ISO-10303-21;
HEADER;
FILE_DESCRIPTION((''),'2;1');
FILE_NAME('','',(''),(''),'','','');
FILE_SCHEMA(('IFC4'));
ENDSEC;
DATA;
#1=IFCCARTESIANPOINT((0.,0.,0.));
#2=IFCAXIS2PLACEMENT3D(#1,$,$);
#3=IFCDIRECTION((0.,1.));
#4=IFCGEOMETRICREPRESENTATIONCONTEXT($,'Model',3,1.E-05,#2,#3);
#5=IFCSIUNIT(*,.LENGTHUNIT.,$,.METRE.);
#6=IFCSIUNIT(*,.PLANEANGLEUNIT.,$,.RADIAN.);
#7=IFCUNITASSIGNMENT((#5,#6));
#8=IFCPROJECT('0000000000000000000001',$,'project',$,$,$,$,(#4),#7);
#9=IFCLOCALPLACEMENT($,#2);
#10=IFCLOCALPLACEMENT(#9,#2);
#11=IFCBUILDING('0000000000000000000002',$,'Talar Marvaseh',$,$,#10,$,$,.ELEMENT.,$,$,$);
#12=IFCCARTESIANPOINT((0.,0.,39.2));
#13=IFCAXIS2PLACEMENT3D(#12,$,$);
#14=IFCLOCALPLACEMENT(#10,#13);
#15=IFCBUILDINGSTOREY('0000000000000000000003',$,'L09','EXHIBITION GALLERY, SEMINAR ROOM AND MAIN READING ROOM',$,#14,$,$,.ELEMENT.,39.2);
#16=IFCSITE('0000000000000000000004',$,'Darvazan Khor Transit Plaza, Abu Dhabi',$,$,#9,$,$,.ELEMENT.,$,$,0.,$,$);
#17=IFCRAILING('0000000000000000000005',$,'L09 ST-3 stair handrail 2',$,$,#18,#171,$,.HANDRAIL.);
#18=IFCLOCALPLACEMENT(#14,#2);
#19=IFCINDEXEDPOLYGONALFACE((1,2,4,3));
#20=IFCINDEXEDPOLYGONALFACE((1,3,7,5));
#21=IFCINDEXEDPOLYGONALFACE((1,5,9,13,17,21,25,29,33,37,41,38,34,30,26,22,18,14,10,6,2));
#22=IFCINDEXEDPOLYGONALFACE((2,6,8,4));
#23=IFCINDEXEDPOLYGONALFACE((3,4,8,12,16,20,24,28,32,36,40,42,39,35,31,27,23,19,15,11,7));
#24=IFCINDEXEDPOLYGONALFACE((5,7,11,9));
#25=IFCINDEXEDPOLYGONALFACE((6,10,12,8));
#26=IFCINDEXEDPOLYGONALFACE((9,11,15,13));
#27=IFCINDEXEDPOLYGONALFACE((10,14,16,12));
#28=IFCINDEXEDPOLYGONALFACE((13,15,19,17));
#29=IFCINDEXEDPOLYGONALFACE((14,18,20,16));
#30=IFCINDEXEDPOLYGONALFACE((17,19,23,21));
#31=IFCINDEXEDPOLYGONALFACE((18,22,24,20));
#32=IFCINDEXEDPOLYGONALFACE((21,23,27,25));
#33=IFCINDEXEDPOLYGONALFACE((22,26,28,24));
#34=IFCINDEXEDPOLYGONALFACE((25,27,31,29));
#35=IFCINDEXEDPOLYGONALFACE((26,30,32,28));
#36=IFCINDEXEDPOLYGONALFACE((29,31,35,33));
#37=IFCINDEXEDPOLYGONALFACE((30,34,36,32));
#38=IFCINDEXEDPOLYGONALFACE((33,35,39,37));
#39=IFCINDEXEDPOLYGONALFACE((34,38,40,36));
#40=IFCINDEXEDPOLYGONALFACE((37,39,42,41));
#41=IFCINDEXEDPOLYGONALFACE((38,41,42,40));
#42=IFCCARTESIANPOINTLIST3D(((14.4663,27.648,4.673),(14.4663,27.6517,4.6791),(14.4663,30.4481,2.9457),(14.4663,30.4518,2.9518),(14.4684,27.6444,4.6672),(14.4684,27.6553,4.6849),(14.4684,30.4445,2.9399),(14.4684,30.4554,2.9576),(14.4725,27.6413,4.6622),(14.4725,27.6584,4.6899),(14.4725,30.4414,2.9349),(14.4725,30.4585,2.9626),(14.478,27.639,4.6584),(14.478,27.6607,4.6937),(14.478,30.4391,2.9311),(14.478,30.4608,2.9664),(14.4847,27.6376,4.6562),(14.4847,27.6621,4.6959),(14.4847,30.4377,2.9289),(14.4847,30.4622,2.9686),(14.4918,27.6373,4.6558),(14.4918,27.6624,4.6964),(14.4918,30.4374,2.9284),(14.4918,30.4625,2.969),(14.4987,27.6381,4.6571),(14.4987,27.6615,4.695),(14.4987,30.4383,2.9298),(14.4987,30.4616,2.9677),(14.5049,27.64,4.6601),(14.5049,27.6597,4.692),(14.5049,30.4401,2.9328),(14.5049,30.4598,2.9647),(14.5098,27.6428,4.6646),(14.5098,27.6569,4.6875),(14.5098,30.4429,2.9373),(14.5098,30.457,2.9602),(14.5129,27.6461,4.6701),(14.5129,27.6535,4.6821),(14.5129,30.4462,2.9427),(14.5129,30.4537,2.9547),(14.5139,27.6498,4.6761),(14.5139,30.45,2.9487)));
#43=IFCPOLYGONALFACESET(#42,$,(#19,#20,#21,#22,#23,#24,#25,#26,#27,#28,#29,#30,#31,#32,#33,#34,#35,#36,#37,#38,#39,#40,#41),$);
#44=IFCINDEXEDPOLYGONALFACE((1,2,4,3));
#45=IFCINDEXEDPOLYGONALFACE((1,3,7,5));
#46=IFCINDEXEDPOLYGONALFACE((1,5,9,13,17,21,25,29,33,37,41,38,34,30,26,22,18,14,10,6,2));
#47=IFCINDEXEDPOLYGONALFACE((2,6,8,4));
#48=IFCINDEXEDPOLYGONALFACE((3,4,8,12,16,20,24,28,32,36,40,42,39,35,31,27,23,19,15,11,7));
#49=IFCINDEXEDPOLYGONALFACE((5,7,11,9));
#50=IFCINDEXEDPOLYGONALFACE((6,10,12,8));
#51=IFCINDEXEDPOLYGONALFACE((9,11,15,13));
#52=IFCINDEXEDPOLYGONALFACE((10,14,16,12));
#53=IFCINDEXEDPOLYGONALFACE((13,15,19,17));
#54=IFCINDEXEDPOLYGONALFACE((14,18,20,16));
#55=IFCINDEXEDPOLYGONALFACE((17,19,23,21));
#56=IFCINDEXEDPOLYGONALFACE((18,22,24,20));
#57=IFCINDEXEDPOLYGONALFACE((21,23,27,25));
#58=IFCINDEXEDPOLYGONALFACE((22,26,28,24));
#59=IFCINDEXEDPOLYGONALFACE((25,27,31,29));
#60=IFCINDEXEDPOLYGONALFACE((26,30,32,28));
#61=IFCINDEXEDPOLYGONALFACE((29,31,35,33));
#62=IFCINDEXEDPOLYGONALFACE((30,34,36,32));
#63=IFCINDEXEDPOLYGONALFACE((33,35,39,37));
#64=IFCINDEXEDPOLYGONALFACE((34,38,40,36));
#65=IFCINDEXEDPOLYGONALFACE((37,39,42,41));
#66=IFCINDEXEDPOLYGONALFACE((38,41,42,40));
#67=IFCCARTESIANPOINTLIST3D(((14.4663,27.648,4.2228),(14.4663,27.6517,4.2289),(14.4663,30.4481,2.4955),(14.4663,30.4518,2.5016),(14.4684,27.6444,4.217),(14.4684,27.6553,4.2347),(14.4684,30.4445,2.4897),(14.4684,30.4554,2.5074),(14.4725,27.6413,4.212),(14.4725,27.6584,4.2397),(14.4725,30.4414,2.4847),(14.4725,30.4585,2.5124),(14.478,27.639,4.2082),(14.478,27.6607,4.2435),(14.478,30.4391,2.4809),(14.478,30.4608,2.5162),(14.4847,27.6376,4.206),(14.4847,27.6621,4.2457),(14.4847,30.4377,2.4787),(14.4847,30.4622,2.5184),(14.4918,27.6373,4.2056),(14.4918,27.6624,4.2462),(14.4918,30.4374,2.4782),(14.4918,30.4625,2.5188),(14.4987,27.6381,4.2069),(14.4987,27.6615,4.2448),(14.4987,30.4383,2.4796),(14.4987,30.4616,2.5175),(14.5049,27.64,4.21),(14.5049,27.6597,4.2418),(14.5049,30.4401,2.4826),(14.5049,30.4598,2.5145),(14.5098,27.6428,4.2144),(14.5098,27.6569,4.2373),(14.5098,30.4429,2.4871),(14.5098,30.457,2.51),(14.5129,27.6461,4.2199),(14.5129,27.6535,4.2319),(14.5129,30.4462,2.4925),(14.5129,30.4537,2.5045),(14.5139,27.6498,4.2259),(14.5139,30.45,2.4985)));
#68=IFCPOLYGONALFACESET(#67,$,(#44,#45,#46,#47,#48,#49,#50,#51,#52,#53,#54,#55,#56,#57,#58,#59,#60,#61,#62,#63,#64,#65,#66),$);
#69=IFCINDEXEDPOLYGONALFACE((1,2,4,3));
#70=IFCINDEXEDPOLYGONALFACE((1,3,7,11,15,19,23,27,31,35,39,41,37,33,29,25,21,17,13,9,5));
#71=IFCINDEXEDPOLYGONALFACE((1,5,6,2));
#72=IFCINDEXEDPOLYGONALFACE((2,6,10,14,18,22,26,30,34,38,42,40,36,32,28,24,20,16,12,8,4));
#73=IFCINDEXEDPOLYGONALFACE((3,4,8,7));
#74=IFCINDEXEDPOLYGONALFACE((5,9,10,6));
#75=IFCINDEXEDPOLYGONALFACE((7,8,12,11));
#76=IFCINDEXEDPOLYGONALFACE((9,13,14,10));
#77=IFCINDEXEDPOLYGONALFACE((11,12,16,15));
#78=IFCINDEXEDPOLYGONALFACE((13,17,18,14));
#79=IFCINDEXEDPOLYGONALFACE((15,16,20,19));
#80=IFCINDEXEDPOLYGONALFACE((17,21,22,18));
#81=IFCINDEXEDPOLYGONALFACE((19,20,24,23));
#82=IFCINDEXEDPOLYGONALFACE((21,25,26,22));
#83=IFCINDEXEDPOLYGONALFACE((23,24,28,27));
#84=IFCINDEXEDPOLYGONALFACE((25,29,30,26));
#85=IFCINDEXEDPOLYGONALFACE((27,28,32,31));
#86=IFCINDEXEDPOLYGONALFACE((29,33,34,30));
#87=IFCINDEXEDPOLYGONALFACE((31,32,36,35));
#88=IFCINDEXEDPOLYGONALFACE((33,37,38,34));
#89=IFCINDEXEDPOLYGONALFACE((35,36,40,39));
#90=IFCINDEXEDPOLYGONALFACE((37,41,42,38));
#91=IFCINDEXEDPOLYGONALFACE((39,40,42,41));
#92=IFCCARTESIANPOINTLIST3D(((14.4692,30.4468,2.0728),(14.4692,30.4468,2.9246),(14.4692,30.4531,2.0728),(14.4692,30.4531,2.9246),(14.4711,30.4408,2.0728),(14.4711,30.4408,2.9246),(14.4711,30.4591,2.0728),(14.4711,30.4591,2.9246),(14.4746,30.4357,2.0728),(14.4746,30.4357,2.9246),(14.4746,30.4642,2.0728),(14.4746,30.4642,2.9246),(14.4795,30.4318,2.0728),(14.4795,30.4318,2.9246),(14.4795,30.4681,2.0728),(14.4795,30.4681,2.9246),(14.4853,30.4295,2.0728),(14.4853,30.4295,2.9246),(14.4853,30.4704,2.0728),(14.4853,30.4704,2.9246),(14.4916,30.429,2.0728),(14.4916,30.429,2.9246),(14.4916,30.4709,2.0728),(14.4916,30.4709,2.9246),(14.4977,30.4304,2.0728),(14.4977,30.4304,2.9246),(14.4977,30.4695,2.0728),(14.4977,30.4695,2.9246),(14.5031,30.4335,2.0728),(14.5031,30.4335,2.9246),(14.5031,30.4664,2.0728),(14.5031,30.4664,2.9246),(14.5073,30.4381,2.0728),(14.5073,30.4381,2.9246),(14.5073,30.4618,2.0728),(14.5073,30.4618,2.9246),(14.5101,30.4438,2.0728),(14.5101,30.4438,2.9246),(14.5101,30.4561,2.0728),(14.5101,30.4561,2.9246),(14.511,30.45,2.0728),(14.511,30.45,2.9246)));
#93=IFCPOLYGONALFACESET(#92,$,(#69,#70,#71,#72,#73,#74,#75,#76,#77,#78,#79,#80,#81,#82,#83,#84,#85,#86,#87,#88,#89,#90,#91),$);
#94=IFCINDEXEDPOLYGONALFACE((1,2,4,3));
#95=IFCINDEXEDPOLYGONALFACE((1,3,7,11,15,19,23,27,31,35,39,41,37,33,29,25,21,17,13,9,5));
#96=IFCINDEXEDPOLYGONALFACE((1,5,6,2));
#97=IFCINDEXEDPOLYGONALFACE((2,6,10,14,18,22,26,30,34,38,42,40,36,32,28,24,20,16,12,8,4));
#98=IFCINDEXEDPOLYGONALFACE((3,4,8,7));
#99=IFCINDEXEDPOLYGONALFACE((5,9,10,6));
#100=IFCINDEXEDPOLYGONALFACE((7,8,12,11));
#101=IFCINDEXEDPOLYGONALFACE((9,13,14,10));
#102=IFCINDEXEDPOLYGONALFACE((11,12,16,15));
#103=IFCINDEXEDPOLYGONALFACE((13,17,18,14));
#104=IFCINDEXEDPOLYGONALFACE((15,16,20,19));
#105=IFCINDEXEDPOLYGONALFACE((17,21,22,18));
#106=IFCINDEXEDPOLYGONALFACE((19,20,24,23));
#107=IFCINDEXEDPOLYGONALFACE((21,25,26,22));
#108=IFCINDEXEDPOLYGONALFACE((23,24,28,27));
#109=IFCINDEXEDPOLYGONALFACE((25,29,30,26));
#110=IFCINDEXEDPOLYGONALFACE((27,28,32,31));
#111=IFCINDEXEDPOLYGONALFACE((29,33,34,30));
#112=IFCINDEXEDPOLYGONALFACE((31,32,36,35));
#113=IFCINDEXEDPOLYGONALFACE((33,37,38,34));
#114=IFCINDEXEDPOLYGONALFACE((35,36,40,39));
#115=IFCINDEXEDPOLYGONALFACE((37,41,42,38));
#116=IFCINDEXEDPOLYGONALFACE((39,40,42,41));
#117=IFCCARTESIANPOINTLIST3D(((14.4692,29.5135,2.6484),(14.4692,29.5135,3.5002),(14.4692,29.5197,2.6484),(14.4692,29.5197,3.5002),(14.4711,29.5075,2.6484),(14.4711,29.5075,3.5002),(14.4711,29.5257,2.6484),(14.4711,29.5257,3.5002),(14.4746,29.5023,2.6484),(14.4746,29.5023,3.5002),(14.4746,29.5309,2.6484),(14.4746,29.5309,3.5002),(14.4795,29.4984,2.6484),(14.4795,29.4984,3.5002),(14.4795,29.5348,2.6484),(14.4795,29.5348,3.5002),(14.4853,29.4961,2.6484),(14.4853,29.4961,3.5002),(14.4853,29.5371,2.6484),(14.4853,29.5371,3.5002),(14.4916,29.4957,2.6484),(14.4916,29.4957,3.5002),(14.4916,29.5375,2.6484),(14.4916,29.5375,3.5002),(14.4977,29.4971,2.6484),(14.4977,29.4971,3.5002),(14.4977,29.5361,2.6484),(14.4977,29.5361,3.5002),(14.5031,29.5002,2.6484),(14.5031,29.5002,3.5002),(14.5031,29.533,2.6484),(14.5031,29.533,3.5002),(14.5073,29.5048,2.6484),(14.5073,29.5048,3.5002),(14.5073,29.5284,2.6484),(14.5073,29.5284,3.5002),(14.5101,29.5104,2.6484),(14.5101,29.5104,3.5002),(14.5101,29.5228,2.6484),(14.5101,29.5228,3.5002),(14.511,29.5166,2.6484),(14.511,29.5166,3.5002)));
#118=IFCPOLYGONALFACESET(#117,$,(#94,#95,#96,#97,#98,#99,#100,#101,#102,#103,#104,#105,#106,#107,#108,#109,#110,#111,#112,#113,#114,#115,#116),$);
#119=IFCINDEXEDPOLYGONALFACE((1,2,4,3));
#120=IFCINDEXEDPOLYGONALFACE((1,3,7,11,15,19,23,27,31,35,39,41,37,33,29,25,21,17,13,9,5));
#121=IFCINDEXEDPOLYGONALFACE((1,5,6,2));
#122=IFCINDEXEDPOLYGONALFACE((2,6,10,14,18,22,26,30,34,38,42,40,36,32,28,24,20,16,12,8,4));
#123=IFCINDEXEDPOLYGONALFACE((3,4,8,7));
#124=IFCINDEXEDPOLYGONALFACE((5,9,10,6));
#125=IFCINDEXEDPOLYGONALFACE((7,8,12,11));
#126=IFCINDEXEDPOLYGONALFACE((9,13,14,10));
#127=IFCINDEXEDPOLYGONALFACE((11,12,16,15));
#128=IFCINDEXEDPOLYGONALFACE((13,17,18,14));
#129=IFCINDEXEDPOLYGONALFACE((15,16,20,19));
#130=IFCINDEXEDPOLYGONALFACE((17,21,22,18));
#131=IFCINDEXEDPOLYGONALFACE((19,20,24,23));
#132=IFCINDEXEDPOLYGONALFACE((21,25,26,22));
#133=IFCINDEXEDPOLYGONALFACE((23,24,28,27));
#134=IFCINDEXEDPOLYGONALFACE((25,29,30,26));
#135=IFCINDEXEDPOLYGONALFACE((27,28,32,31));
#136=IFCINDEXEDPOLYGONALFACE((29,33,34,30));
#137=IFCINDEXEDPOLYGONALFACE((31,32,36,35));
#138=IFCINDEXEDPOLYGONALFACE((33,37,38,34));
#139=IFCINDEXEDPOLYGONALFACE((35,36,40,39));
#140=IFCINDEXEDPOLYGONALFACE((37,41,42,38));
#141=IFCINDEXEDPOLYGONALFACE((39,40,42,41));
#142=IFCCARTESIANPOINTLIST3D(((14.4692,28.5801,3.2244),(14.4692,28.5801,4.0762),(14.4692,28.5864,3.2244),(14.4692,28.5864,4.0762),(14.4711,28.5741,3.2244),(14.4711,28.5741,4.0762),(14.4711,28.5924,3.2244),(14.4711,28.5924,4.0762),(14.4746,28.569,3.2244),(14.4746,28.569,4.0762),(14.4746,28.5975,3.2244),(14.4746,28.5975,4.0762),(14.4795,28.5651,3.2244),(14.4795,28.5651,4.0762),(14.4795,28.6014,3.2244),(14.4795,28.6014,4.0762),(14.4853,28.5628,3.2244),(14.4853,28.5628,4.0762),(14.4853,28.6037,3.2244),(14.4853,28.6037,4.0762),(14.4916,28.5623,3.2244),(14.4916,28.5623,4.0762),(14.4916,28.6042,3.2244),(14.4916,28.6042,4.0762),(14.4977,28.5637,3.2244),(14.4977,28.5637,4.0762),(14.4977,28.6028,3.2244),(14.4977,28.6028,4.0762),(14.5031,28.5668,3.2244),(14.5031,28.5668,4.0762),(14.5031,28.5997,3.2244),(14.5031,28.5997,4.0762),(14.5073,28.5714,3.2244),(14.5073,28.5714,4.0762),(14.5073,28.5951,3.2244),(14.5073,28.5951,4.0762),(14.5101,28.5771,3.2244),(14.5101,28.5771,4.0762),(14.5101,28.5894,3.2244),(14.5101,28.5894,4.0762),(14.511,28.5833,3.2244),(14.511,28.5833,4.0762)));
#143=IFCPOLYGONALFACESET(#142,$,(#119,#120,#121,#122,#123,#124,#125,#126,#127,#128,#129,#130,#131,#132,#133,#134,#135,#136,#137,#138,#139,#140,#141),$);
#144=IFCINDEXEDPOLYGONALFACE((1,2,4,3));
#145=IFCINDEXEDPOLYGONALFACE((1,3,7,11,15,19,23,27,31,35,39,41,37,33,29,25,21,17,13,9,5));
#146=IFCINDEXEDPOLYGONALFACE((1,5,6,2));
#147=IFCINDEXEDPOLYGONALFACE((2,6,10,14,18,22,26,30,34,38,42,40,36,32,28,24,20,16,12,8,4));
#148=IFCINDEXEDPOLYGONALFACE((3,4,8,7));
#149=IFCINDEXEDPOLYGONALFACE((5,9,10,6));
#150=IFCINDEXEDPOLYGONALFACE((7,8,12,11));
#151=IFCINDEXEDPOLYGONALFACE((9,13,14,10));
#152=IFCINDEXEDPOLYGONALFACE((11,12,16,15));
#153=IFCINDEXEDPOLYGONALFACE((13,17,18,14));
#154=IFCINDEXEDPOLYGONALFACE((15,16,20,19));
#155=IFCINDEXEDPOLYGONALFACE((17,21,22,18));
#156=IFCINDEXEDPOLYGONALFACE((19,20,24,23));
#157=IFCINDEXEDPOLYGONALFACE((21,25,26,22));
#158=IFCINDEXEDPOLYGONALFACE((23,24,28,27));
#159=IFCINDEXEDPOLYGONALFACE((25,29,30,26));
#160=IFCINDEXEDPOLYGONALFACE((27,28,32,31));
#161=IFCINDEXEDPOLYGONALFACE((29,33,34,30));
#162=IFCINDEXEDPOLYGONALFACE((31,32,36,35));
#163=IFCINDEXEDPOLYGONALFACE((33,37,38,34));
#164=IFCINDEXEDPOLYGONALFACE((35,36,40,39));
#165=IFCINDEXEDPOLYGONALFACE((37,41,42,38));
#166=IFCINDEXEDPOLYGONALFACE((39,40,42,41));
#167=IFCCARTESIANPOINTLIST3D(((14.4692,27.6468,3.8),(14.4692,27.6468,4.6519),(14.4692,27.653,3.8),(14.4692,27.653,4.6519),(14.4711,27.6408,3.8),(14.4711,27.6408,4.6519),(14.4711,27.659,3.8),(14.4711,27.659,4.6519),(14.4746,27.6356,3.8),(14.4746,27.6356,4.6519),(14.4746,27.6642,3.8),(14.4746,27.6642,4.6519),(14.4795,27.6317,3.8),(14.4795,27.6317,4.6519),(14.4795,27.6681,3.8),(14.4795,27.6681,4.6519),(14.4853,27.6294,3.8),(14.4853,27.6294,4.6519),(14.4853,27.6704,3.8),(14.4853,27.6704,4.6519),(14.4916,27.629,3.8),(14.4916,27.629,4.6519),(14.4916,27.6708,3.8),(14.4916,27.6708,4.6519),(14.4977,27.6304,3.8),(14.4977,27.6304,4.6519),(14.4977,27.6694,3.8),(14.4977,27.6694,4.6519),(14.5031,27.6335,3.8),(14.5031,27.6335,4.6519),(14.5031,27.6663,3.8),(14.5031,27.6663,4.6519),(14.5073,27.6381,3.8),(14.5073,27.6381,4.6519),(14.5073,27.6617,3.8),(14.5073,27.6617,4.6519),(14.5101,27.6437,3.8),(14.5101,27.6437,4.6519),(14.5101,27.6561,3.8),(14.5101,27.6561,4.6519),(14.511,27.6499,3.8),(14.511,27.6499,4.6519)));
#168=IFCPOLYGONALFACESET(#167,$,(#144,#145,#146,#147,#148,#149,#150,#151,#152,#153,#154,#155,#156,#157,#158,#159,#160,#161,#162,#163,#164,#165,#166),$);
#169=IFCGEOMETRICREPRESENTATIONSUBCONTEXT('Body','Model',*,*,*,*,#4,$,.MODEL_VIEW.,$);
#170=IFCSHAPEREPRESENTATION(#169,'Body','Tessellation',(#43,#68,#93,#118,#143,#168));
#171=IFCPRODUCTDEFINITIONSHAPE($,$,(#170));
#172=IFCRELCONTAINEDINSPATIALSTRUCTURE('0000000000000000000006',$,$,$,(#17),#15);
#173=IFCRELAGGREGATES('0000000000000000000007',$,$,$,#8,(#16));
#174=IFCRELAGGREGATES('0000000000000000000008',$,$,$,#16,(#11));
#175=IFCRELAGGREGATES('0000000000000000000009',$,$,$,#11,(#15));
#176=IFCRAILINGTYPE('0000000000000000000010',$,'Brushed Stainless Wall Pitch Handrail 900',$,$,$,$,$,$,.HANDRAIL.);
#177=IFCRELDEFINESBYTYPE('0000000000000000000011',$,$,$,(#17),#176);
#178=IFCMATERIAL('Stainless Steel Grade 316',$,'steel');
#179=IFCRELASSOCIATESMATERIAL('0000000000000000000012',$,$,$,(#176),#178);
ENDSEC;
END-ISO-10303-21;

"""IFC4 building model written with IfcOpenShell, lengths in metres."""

from ifc_helpers import new_model, si_unit, direction, frame, origin, origin_2d, place, context, subcontext, project, spatial, circle, extrude, material, type_object, element, save


model = new_model("IFC4")

# Units and contexts
model_context = context("Model", 3, precision=1e-05, world=origin(), true_north=direction((0.0, 1.0)))
body_context = subcontext(model_context, "Body", "Model", "MODEL_VIEW")
ifc_project = project(units=[si_unit("LENGTHUNIT", "METRE"), si_unit("PLANEANGLEUNIT", "RADIAN")], contexts=[model_context])

# Site, building, storey
site_placement = place(None, origin())
site = spatial("IfcSite", under=ifc_project, at=site_placement, Name="Darvazan Khor Transit Plaza, Abu Dhabi", CompositionType="ELEMENT", RefElevation=0.0)
building_placement = place(site_placement, origin())
building = spatial("IfcBuilding", under=site, at=building_placement, Name="Talar Marvaseh", CompositionType="ELEMENT")
storey_placement = place(building_placement, frame((0.0, 0.0, 39.2)))
storey = spatial("IfcBuildingStorey", under=building, at=storey_placement, Name="L09", Description="EXHIBITION GALLERY, SEMINAR ROOM AND MAIN READING ROOM", CompositionType="ELEMENT", Elevation=39.2)

# Railing
ifc_material_1 = material(Name="Stainless Steel Grade 316", Category="steel")
railing_type_1 = type_object("IfcRailingType", Name="Brushed Stainless Wall Pitch Handrail 900", PredefinedType="HANDRAIL", material=ifc_material_1)
railing_1_placement = place(storey_placement, frame((14.49, 30.45, 2.0728)))
element("IfcRailing", 1, at=railing_1_placement, inside=storey, type_object=railing_type_1, Name="L09 ST-3 stair handrail 2", PredefinedType="HANDRAIL", context=body_context, shape_type="SweptSolid", body=[
    extrude(circle(Radius=0.0239, at=origin_2d()), frame((0.0, 0.0, 0.876), z_axis=(0.0, -0.85109, 0.52502), x_axis=(1.0, 0.0, 0.0)), (0.0, 0.0, 1.0), 3.29),
    extrude(circle(Radius=0.0239, at=origin_2d()), frame((0.0, 0.0, 0.4258), z_axis=(0.0, -0.85109, 0.52502), x_axis=(1.0, 0.0, 0.0)), (0.0, 0.0, 1.0), 3.29),
    extrude(circle(Radius=0.021, at=origin_2d()), origin(), (0.0, 0.0, 1.0), 0.8518),
    extrude(circle(Radius=0.021, at=origin_2d()), frame((0.0, -0.9333, 0.5757)), (0.0, 0.0, 1.0), 0.8518),
    extrude(circle(Radius=0.021, at=origin_2d()), frame((0.0, -1.8667, 1.1516)), (0.0, 0.0, 1.0), 0.8518),
    extrude(circle(Radius=0.021, at=origin_2d()), frame((0.0, -2.8, 1.7273)), (0.0, 0.0, 1.0), 0.8518),
])

save(model, "model.ifc")
